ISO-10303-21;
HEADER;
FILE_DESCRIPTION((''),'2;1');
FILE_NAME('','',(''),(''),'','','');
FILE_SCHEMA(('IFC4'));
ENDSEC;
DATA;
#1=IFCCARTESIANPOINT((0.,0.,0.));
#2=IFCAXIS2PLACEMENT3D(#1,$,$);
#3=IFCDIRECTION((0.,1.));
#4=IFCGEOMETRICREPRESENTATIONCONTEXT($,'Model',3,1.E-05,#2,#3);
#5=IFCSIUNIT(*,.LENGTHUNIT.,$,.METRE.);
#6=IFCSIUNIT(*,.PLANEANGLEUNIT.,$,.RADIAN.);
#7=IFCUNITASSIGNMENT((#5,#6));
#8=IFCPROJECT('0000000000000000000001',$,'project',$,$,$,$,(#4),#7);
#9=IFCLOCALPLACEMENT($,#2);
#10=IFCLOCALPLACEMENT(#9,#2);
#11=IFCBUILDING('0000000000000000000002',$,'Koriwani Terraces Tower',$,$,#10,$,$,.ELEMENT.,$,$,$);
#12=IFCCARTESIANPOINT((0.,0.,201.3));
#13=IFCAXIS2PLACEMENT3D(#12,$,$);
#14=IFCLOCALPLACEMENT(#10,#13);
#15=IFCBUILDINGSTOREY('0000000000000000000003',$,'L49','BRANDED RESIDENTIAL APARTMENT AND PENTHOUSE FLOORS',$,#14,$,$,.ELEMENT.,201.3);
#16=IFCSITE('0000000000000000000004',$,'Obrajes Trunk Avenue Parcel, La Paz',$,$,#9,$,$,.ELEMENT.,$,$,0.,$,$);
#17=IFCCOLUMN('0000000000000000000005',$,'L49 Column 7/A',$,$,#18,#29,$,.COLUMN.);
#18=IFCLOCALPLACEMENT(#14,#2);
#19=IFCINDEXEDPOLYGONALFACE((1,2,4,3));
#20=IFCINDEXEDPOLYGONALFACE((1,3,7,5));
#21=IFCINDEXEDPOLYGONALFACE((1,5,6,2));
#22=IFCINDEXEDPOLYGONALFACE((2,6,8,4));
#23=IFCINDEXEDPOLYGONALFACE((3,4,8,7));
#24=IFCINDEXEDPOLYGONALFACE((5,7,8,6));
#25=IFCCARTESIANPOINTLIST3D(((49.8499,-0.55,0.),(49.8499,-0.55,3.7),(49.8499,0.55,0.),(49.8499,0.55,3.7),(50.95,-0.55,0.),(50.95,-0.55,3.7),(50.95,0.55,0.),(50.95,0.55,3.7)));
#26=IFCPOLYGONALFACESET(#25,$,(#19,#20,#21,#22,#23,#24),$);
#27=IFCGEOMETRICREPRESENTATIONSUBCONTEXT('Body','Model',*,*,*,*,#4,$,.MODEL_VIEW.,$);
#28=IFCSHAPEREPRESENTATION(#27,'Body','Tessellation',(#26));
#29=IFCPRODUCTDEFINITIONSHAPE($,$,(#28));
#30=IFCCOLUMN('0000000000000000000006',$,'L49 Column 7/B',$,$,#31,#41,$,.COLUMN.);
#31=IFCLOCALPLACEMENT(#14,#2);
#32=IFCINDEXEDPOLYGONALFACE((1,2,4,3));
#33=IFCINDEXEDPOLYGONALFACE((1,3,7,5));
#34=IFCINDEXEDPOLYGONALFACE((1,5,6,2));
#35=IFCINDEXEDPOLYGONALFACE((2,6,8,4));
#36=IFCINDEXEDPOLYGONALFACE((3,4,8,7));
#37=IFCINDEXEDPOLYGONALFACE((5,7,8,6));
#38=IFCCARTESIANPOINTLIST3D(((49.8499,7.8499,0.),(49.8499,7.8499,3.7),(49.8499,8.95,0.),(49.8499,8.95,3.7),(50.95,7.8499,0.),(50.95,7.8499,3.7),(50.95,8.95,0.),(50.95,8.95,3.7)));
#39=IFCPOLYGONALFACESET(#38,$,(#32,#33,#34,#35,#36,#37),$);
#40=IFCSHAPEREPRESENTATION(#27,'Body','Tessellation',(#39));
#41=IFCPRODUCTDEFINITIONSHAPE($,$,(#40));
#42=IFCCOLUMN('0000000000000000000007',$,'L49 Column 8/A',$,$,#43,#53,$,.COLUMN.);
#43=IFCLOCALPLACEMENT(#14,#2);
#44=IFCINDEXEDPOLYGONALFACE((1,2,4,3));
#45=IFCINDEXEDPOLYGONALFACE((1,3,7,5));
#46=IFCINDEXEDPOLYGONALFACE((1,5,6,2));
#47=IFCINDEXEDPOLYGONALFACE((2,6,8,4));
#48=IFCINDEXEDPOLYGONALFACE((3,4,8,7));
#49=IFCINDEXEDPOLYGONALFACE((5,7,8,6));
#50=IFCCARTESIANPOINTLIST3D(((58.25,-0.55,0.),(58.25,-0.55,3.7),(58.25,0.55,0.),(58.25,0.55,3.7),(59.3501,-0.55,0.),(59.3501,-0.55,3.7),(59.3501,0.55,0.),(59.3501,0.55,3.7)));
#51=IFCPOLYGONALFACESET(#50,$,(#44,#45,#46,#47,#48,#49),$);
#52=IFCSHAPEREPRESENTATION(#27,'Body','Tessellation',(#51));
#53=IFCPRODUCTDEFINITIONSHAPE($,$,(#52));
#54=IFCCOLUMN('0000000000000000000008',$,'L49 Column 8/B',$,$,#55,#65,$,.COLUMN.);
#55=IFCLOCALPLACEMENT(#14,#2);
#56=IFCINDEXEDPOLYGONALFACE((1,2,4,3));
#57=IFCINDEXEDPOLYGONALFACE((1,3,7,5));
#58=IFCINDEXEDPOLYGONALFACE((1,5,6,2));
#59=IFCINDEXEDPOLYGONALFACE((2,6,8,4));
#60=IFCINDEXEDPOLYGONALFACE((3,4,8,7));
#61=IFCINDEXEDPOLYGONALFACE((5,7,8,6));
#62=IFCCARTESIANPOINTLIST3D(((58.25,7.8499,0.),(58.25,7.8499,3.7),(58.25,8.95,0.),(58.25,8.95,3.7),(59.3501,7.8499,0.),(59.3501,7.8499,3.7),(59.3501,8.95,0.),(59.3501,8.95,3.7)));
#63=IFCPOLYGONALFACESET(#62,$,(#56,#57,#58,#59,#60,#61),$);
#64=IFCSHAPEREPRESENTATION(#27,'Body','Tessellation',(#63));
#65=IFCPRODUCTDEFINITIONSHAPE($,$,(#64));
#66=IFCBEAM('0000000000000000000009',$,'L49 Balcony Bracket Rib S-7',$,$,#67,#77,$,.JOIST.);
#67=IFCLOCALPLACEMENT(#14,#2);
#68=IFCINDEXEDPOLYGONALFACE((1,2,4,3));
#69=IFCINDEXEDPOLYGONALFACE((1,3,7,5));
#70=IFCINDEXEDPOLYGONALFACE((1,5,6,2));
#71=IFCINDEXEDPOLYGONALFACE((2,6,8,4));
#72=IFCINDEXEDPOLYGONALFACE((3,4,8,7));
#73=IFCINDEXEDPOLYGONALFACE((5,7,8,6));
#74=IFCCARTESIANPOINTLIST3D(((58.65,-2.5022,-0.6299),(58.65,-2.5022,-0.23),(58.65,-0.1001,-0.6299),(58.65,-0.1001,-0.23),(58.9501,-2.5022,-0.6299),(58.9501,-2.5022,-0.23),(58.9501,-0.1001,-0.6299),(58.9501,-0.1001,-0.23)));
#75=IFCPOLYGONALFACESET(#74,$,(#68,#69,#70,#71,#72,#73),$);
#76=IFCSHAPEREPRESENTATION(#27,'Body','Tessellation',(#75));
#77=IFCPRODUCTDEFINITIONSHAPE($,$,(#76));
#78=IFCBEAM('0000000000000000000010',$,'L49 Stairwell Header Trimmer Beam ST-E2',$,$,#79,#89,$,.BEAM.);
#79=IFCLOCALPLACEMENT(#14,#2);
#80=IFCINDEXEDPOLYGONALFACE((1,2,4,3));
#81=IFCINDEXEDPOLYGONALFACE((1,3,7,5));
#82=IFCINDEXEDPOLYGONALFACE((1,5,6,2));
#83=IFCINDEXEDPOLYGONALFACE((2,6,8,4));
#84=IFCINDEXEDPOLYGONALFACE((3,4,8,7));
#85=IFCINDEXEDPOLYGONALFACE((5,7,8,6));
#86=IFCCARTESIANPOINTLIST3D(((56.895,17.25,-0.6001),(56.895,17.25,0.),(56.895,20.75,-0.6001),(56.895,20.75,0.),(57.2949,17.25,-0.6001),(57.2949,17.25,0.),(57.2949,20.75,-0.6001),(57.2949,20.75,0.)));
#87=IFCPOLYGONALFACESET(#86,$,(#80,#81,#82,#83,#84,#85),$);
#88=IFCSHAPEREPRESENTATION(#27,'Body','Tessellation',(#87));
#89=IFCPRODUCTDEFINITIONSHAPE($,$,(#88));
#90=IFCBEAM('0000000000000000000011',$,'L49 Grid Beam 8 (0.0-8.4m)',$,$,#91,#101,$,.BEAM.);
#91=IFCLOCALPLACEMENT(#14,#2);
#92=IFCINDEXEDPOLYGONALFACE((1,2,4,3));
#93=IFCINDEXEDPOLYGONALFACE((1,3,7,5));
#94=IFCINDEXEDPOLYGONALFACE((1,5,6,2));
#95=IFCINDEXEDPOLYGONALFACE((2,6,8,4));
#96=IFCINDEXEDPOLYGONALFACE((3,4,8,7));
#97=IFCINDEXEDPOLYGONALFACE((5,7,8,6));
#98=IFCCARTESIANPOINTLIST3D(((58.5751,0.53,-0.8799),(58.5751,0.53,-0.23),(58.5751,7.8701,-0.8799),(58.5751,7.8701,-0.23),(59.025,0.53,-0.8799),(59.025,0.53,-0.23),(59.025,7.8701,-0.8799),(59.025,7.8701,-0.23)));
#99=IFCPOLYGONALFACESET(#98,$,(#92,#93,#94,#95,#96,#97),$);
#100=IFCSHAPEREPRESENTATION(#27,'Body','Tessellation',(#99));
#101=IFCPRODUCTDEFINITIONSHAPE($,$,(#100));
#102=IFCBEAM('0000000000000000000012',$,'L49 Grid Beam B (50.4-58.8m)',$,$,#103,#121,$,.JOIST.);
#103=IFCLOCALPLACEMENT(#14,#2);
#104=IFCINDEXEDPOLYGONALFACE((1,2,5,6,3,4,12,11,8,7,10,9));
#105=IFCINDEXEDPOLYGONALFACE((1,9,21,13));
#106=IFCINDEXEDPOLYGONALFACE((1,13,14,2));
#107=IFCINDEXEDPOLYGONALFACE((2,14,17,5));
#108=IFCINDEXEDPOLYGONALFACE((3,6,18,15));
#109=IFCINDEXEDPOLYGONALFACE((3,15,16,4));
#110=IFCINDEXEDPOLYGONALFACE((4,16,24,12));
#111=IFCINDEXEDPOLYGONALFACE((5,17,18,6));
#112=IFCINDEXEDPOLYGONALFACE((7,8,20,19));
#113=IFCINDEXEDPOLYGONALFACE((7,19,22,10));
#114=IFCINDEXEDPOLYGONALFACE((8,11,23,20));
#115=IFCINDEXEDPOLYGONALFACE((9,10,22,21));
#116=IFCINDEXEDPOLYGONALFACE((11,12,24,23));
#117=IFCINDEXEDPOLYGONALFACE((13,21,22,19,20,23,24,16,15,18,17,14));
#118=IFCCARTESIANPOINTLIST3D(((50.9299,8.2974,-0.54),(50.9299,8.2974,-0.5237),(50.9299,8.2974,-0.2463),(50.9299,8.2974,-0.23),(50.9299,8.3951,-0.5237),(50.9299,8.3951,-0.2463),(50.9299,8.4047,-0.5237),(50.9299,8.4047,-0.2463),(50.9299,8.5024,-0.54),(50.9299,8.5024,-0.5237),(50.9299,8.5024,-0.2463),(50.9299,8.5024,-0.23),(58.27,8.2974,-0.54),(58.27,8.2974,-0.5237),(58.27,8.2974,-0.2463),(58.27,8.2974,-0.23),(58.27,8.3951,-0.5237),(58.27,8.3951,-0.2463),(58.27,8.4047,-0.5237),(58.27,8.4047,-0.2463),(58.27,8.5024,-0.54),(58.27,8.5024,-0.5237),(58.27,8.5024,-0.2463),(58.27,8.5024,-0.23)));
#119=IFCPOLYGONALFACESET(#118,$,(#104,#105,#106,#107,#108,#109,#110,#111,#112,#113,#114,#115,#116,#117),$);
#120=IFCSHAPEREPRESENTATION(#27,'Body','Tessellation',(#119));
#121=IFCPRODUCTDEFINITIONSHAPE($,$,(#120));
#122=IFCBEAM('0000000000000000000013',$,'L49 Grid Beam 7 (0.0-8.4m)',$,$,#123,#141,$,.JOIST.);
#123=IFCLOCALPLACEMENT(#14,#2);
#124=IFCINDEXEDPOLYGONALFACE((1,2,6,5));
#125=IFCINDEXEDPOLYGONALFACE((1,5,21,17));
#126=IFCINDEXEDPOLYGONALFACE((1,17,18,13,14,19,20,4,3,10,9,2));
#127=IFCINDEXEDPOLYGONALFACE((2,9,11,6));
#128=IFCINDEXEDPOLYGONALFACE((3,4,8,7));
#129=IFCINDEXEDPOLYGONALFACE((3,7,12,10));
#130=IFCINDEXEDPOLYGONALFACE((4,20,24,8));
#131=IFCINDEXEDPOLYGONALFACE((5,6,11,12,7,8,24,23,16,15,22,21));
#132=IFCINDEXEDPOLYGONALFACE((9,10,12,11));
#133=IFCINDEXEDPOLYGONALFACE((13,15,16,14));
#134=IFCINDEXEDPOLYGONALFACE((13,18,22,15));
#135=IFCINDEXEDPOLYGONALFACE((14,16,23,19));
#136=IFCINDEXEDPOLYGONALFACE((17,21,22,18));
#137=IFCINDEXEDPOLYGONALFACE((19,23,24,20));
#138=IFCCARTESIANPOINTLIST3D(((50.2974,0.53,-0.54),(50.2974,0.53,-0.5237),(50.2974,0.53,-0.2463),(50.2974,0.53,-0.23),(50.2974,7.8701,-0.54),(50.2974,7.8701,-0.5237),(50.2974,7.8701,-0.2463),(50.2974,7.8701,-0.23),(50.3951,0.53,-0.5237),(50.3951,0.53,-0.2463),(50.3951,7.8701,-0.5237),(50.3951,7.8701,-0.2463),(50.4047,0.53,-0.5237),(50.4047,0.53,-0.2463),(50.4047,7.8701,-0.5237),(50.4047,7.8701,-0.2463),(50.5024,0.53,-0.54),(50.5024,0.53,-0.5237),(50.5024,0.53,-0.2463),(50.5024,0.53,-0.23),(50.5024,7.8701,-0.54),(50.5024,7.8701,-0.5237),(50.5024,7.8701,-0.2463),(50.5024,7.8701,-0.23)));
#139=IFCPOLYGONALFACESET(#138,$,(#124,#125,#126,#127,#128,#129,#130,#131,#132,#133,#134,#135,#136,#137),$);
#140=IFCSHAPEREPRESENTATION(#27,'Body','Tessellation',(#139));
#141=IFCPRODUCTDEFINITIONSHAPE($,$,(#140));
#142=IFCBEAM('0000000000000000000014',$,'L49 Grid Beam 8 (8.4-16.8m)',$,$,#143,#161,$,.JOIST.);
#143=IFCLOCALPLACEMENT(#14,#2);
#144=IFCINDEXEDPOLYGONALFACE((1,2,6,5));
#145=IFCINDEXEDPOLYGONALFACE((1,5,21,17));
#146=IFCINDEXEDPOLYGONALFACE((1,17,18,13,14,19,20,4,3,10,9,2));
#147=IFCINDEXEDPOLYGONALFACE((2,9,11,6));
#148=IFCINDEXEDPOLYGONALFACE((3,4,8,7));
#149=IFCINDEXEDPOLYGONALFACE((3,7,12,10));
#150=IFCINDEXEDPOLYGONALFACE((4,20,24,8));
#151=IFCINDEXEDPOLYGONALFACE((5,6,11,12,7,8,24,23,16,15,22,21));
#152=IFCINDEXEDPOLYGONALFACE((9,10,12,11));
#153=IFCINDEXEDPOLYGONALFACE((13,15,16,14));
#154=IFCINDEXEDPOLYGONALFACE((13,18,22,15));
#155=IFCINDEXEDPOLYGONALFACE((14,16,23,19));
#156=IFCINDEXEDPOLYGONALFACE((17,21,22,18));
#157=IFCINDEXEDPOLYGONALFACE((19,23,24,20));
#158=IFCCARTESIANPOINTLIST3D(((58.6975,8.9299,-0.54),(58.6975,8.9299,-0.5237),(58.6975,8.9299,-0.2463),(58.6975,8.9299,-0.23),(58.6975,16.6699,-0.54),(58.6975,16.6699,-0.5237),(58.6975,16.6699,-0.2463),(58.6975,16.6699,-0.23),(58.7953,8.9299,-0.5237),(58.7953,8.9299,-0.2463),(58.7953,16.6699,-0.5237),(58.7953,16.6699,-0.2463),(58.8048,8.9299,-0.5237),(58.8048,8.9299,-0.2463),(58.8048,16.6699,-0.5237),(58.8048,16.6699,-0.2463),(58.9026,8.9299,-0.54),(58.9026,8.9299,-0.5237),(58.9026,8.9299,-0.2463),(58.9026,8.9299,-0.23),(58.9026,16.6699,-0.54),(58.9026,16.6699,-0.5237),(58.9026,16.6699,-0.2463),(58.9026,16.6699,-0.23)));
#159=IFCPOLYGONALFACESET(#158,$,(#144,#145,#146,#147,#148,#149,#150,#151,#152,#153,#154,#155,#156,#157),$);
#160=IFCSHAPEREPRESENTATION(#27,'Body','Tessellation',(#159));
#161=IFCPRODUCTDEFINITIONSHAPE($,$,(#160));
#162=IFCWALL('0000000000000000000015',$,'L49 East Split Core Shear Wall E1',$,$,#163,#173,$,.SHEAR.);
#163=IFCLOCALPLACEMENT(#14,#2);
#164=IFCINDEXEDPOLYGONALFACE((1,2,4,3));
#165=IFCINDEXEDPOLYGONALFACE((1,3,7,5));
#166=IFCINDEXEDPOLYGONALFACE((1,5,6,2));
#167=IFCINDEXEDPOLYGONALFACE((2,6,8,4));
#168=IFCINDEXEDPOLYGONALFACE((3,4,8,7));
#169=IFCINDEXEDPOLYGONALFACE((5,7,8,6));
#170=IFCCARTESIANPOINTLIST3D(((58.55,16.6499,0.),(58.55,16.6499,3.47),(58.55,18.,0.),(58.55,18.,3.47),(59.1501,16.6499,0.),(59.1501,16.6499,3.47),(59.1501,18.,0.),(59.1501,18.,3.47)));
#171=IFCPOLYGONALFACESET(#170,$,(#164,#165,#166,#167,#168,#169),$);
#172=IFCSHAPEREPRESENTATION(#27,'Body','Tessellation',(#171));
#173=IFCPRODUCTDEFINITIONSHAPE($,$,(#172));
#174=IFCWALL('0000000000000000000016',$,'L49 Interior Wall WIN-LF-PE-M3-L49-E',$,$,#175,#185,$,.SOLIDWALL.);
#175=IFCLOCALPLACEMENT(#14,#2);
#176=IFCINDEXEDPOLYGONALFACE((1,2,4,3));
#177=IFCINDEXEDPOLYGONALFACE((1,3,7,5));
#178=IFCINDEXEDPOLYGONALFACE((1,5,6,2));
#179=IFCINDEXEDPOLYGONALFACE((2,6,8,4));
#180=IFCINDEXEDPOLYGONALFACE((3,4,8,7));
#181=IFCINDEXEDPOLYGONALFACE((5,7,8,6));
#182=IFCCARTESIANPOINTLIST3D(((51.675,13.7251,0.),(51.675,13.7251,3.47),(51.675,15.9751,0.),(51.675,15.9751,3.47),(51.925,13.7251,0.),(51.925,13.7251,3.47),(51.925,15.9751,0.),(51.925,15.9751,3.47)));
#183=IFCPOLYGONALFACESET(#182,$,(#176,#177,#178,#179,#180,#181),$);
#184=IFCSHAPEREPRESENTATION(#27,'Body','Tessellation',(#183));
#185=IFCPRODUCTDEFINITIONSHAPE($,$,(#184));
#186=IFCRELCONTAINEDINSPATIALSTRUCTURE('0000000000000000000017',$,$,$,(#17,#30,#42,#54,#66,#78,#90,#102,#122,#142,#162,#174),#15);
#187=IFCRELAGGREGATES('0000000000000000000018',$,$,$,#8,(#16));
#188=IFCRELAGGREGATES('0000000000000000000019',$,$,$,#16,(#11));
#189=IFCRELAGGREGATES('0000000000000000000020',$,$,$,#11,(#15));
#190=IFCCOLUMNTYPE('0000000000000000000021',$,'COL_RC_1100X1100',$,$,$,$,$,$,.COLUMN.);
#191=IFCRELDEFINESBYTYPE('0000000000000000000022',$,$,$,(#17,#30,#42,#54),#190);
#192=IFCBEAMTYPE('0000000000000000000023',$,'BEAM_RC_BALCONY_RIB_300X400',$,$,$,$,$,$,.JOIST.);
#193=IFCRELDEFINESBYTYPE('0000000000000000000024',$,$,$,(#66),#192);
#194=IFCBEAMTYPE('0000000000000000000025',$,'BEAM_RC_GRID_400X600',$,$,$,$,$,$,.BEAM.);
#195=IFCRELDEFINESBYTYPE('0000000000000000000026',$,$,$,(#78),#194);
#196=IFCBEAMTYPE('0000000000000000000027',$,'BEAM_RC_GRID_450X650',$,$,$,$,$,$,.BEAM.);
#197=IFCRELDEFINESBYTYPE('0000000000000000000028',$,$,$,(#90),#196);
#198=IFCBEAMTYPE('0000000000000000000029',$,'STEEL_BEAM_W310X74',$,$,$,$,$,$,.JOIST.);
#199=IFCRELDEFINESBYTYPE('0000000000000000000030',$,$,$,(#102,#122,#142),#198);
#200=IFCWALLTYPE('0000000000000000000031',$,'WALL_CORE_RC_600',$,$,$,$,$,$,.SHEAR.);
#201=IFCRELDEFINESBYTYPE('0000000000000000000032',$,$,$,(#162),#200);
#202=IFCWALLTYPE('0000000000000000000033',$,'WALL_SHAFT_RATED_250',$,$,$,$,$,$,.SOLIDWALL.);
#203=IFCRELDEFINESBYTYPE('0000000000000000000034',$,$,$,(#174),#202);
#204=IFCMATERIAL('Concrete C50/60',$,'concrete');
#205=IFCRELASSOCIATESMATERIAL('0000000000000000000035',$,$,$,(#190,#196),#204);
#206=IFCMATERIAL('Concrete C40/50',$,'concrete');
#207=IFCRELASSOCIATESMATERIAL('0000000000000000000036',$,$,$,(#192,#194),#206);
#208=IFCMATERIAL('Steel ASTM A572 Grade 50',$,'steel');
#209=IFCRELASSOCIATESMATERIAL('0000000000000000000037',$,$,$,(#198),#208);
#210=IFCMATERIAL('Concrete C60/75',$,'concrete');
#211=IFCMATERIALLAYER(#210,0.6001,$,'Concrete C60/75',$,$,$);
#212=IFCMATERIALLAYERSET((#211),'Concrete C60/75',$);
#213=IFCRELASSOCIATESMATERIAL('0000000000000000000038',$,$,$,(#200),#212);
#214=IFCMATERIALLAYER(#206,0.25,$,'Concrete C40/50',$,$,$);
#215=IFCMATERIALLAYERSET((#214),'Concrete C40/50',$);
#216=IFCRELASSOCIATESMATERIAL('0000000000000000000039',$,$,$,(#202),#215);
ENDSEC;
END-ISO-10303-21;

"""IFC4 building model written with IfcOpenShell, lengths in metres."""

from ifc_helpers import new_model, si_unit, direction, frame, frame_2d, origin, origin_2d, place, context, subcontext, project, spatial, rectangle, i_section, extrude, material, layer, layer_set, material_profile, profile_set, type_object, element, save


model = new_model("IFC4")

# Units and contexts
model_context = context("Model", 3, precision=1e-05, world=origin(), true_north=direction((0.0, 1.0)))
body_context = subcontext(model_context, "Body", "Model", "MODEL_VIEW")
ifc_project = project(units=[si_unit("LENGTHUNIT", "METRE"), si_unit("PLANEANGLEUNIT", "RADIAN")], contexts=[model_context])

# Site, building, storey
site_placement = place(None, origin())
site = spatial("IfcSite", under=ifc_project, at=site_placement, Name="Obrajes Trunk Avenue Parcel, La Paz", CompositionType="ELEMENT", RefElevation=0.0)
building_placement = place(site_placement, origin())
building = spatial("IfcBuilding", under=site, at=building_placement, Name="Koriwani Terraces Tower", CompositionType="ELEMENT")
storey_placement = place(building_placement, frame((0.0, 0.0, 201.3)))
storey = spatial("IfcBuildingStorey", under=building, at=storey_placement, Name="L49", Description="BRANDED RESIDENTIAL APARTMENT AND PENTHOUSE FLOORS", CompositionType="ELEMENT", Elevation=201.3)

# Columns
ifc_material_1 = material(Name="Concrete C50/60", Category="concrete")
ifc_material_profile_1 = material_profile(ifc_material_1, rectangle(XDim=1.1001, YDim=1.1001, at=origin_2d()), Name="Concrete C50/60", Category="LoadBearing")
ifc_profile_set_1 = profile_set([ifc_material_profile_1], Name="Concrete C50/60")
column_type = type_object("IfcColumnType", Name="COL_RC_1100X1100", PredefinedType="COLUMN", material=ifc_profile_set_1)
for number, where, z_axis, x_axis, name in (
    (1, (50.3999, 0.0, 0.0), (0.0, 0.0, 1.0), (1.0, 0.0, 0.0), "L49 Column 7/A"),
    (2, (50.3999, 8.3999, 0.0), (0.0, 0.0, 1.0), (1.0, 0.0, 0.0), "L49 Column 7/B"),
    (3, (58.8, 0.0, 0.0), (0.0, 0.0, 1.0), (1.0, 0.0, 0.0), "L49 Column 8/A"),
    (4, (58.8, 8.3999, 0.0), (0.0, 0.0, 1.0), (1.0, 0.0, 0.0), "L49 Column 8/B"),
):
    element("IfcColumn", number, at=place(storey_placement, frame(where, z_axis=z_axis, x_axis=x_axis)), inside=storey, type_object=column_type, Name=name, PredefinedType="COLUMN", context=body_context, shape_type="SweptSolid", body=[
        extrude(rectangle(XDim=1.1001, YDim=1.1001, at=origin_2d()), origin(), (0.0, 0.0, 1.0), 3.7),
    ])

# Beams
ifc_material_2 = material(Name="Concrete C40/50", Category="concrete")
ifc_material_profile_2 = material_profile(ifc_material_2, rectangle(XDim=0.3, YDim=0.3999, at=origin_2d()), Name="Concrete C40/50", Category="LoadBearing")
ifc_profile_set_2 = profile_set([ifc_material_profile_2], Name="Concrete C40/50")
beam_type_1 = type_object("IfcBeamType", Name="BEAM_RC_BALCONY_RIB_300X400", PredefinedType="JOIST", material=ifc_profile_set_2)
beam_1_placement = place(storey_placement, frame((58.8, -2.5022, -0.4299), z_axis=(0.0, 1.0, 0.0), x_axis=(-1.0, 0.0, 0.0)))
element("IfcBeam", 5, at=beam_1_placement, inside=storey, type_object=beam_type_1, Name="L49 Balcony Bracket Rib S-7", PredefinedType="JOIST", context=body_context, shape_type="SweptSolid", body=[
    extrude(rectangle(XDim=0.3, YDim=0.3999, at=origin_2d()), origin(), (0.0, 0.0, 1.0), 2.4021),
])
ifc_material_profile_3 = material_profile(ifc_material_2, rectangle(XDim=0.3999, YDim=0.6001, at=origin_2d()), Name="Concrete C40/50", Category="LoadBearing")
ifc_profile_set_3 = profile_set([ifc_material_profile_3], Name="Concrete C40/50")
beam_type_2 = type_object("IfcBeamType", Name="BEAM_RC_GRID_400X600", PredefinedType="BEAM", material=ifc_profile_set_3)
beam_2_placement = place(storey_placement, frame((57.095, 17.25, -0.3), z_axis=(0.0, 1.0, 0.0), x_axis=(-1.0, 0.0, 0.0)))
element("IfcBeam", 6, at=beam_2_placement, inside=storey, type_object=beam_type_2, Name="L49 Stairwell Header Trimmer Beam ST-E2", PredefinedType="BEAM", context=body_context, shape_type="SweptSolid", body=[
    extrude(rectangle(XDim=0.3999, YDim=0.6001, at=origin_2d()), origin(), (0.0, 0.0, 1.0), 3.5),
])
ifc_material_profile_4 = material_profile(ifc_material_1, rectangle(XDim=0.45, YDim=0.6499, at=origin_2d()), Name="Concrete C50/60", Category="LoadBearing")
ifc_profile_set_4 = profile_set([ifc_material_profile_4], Name="Concrete C50/60")
beam_type_3 = type_object("IfcBeamType", Name="BEAM_RC_GRID_450X650", PredefinedType="BEAM", material=ifc_profile_set_4)
beam_3_placement = place(storey_placement, frame((58.8, 0.53, -0.5549), z_axis=(0.0, 1.0, 0.0), x_axis=(-1.0, 0.0, 0.0)))
element("IfcBeam", 7, at=beam_3_placement, inside=storey, type_object=beam_type_3, Name="L49 Grid Beam 8 (0.0-8.4m)", PredefinedType="BEAM", context=body_context, shape_type="SweptSolid", body=[
    extrude(rectangle(XDim=0.45, YDim=0.6499, at=origin_2d()), origin(), (0.0, 0.0, 1.0), 7.3401),
])
ifc_material_3 = material(Name="Steel ASTM A572 Grade 50", Category="steel")
ifc_material_profile_5 = material_profile(ifc_material_3, i_section(OverallWidth=0.2051, OverallDepth=0.3101, WebThickness=0.0095, FlangeThickness=0.0164, at=origin_2d()), Name="Steel ASTM A572 Grade 50", Category="LoadBearing")
ifc_profile_set_5 = profile_set([ifc_material_profile_5], Name="Steel ASTM A572 Grade 50")
beam_type_4 = type_object("IfcBeamType", Name="STEEL_BEAM_W310X74", PredefinedType="JOIST", material=ifc_profile_set_5)
for number, where, z_axis, x_axis, name in (
    (8, (50.9299, 8.3999, -0.385), (1.0, 0.0, 0.0), (0.0, 1.0, 0.0), "L49 Grid Beam B (50.4-58.8m)"),
    (9, (50.3999, 0.53, -0.385), (0.0, 1.0, 0.0), (-1.0, 0.0, 0.0), "L49 Grid Beam 7 (0.0-8.4m)"),
):
    element("IfcBeam", number, at=place(storey_placement, frame(where, z_axis=z_axis, x_axis=x_axis)), inside=storey, type_object=beam_type_4, Name=name, PredefinedType="JOIST", context=body_context, shape_type="SweptSolid", body=[
        extrude(i_section(OverallWidth=0.2051, OverallDepth=0.3101, WebThickness=0.0095, FlangeThickness=0.0164, at=origin_2d()), origin(), (0.0, 0.0, 1.0), 7.3401),
    ])
beam_4_placement = place(storey_placement, frame((58.8, 8.9299, -0.385), z_axis=(0.0, 1.0, 0.0), x_axis=(-1.0, 0.0, 0.0)))
element("IfcBeam", 10, at=beam_4_placement, inside=storey, type_object=beam_type_4, Name="L49 Grid Beam 8 (8.4-16.8m)", PredefinedType="JOIST", context=body_context, shape_type="SweptSolid", body=[
    extrude(i_section(OverallWidth=0.2051, OverallDepth=0.3101, WebThickness=0.0095, FlangeThickness=0.0164, at=origin_2d()), origin(), (0.0, 0.0, 1.0), 7.74),
])

# Wall
ifc_material_4 = material(Name="Concrete C60/75", Category="concrete")
ifc_layer_1 = layer(ifc_material_4, 0.6001, Name="Concrete C60/75")
ifc_layer_set_1 = layer_set([ifc_layer_1], Name="Concrete C60/75")
wall_type_1 = type_object("IfcWallType", Name="WALL_CORE_RC_600", PredefinedType="SHEAR", material=ifc_layer_set_1)
wall_1_placement = place(storey_placement, frame((58.8501, 16.6499, 0.0), z_axis=(0.0, 0.0, 1.0), x_axis=(0.0, 1.0, 0.0)))
element("IfcWall", 11, at=wall_1_placement, inside=storey, type_object=wall_type_1, Name="L49 East Split Core Shear Wall E1", PredefinedType="SHEAR", context=body_context, shape_type="SweptSolid", body=[
    extrude(rectangle(XDim=1.3501, YDim=0.6001, at=frame_2d((0.675, 0.0))), origin(), (0.0, 0.0, 1.0), 3.47),
])

# Shared definitions
ifc_layer_2 = layer(ifc_material_2, 0.25, Name="Concrete C40/50")
ifc_layer_set_2 = layer_set([ifc_layer_2], Name="Concrete C40/50")
wall_type_2 = type_object("IfcWallType", Name="WALL_SHAFT_RATED_250", PredefinedType="SOLIDWALL", material=ifc_layer_set_2)

# Wall
wall_2_placement = place(storey_placement, frame((51.8, 13.7251, 0.0), z_axis=(0.0, 0.0, 1.0), x_axis=(0.0, 1.0, 0.0)))
element("IfcWall", 12, at=wall_2_placement, inside=storey, type_object=wall_type_2, Name="L49 Interior Wall WIN-LF-PE-M3-L49-E", PredefinedType="SOLIDWALL", context=body_context, shape_type="SweptSolid", body=[
    extrude(rectangle(XDim=2.25, YDim=0.25, at=frame_2d((1.125, 0.0))), origin(), (0.0, 0.0, 1.0), 3.47),
])

save(model, "model.ifc")
